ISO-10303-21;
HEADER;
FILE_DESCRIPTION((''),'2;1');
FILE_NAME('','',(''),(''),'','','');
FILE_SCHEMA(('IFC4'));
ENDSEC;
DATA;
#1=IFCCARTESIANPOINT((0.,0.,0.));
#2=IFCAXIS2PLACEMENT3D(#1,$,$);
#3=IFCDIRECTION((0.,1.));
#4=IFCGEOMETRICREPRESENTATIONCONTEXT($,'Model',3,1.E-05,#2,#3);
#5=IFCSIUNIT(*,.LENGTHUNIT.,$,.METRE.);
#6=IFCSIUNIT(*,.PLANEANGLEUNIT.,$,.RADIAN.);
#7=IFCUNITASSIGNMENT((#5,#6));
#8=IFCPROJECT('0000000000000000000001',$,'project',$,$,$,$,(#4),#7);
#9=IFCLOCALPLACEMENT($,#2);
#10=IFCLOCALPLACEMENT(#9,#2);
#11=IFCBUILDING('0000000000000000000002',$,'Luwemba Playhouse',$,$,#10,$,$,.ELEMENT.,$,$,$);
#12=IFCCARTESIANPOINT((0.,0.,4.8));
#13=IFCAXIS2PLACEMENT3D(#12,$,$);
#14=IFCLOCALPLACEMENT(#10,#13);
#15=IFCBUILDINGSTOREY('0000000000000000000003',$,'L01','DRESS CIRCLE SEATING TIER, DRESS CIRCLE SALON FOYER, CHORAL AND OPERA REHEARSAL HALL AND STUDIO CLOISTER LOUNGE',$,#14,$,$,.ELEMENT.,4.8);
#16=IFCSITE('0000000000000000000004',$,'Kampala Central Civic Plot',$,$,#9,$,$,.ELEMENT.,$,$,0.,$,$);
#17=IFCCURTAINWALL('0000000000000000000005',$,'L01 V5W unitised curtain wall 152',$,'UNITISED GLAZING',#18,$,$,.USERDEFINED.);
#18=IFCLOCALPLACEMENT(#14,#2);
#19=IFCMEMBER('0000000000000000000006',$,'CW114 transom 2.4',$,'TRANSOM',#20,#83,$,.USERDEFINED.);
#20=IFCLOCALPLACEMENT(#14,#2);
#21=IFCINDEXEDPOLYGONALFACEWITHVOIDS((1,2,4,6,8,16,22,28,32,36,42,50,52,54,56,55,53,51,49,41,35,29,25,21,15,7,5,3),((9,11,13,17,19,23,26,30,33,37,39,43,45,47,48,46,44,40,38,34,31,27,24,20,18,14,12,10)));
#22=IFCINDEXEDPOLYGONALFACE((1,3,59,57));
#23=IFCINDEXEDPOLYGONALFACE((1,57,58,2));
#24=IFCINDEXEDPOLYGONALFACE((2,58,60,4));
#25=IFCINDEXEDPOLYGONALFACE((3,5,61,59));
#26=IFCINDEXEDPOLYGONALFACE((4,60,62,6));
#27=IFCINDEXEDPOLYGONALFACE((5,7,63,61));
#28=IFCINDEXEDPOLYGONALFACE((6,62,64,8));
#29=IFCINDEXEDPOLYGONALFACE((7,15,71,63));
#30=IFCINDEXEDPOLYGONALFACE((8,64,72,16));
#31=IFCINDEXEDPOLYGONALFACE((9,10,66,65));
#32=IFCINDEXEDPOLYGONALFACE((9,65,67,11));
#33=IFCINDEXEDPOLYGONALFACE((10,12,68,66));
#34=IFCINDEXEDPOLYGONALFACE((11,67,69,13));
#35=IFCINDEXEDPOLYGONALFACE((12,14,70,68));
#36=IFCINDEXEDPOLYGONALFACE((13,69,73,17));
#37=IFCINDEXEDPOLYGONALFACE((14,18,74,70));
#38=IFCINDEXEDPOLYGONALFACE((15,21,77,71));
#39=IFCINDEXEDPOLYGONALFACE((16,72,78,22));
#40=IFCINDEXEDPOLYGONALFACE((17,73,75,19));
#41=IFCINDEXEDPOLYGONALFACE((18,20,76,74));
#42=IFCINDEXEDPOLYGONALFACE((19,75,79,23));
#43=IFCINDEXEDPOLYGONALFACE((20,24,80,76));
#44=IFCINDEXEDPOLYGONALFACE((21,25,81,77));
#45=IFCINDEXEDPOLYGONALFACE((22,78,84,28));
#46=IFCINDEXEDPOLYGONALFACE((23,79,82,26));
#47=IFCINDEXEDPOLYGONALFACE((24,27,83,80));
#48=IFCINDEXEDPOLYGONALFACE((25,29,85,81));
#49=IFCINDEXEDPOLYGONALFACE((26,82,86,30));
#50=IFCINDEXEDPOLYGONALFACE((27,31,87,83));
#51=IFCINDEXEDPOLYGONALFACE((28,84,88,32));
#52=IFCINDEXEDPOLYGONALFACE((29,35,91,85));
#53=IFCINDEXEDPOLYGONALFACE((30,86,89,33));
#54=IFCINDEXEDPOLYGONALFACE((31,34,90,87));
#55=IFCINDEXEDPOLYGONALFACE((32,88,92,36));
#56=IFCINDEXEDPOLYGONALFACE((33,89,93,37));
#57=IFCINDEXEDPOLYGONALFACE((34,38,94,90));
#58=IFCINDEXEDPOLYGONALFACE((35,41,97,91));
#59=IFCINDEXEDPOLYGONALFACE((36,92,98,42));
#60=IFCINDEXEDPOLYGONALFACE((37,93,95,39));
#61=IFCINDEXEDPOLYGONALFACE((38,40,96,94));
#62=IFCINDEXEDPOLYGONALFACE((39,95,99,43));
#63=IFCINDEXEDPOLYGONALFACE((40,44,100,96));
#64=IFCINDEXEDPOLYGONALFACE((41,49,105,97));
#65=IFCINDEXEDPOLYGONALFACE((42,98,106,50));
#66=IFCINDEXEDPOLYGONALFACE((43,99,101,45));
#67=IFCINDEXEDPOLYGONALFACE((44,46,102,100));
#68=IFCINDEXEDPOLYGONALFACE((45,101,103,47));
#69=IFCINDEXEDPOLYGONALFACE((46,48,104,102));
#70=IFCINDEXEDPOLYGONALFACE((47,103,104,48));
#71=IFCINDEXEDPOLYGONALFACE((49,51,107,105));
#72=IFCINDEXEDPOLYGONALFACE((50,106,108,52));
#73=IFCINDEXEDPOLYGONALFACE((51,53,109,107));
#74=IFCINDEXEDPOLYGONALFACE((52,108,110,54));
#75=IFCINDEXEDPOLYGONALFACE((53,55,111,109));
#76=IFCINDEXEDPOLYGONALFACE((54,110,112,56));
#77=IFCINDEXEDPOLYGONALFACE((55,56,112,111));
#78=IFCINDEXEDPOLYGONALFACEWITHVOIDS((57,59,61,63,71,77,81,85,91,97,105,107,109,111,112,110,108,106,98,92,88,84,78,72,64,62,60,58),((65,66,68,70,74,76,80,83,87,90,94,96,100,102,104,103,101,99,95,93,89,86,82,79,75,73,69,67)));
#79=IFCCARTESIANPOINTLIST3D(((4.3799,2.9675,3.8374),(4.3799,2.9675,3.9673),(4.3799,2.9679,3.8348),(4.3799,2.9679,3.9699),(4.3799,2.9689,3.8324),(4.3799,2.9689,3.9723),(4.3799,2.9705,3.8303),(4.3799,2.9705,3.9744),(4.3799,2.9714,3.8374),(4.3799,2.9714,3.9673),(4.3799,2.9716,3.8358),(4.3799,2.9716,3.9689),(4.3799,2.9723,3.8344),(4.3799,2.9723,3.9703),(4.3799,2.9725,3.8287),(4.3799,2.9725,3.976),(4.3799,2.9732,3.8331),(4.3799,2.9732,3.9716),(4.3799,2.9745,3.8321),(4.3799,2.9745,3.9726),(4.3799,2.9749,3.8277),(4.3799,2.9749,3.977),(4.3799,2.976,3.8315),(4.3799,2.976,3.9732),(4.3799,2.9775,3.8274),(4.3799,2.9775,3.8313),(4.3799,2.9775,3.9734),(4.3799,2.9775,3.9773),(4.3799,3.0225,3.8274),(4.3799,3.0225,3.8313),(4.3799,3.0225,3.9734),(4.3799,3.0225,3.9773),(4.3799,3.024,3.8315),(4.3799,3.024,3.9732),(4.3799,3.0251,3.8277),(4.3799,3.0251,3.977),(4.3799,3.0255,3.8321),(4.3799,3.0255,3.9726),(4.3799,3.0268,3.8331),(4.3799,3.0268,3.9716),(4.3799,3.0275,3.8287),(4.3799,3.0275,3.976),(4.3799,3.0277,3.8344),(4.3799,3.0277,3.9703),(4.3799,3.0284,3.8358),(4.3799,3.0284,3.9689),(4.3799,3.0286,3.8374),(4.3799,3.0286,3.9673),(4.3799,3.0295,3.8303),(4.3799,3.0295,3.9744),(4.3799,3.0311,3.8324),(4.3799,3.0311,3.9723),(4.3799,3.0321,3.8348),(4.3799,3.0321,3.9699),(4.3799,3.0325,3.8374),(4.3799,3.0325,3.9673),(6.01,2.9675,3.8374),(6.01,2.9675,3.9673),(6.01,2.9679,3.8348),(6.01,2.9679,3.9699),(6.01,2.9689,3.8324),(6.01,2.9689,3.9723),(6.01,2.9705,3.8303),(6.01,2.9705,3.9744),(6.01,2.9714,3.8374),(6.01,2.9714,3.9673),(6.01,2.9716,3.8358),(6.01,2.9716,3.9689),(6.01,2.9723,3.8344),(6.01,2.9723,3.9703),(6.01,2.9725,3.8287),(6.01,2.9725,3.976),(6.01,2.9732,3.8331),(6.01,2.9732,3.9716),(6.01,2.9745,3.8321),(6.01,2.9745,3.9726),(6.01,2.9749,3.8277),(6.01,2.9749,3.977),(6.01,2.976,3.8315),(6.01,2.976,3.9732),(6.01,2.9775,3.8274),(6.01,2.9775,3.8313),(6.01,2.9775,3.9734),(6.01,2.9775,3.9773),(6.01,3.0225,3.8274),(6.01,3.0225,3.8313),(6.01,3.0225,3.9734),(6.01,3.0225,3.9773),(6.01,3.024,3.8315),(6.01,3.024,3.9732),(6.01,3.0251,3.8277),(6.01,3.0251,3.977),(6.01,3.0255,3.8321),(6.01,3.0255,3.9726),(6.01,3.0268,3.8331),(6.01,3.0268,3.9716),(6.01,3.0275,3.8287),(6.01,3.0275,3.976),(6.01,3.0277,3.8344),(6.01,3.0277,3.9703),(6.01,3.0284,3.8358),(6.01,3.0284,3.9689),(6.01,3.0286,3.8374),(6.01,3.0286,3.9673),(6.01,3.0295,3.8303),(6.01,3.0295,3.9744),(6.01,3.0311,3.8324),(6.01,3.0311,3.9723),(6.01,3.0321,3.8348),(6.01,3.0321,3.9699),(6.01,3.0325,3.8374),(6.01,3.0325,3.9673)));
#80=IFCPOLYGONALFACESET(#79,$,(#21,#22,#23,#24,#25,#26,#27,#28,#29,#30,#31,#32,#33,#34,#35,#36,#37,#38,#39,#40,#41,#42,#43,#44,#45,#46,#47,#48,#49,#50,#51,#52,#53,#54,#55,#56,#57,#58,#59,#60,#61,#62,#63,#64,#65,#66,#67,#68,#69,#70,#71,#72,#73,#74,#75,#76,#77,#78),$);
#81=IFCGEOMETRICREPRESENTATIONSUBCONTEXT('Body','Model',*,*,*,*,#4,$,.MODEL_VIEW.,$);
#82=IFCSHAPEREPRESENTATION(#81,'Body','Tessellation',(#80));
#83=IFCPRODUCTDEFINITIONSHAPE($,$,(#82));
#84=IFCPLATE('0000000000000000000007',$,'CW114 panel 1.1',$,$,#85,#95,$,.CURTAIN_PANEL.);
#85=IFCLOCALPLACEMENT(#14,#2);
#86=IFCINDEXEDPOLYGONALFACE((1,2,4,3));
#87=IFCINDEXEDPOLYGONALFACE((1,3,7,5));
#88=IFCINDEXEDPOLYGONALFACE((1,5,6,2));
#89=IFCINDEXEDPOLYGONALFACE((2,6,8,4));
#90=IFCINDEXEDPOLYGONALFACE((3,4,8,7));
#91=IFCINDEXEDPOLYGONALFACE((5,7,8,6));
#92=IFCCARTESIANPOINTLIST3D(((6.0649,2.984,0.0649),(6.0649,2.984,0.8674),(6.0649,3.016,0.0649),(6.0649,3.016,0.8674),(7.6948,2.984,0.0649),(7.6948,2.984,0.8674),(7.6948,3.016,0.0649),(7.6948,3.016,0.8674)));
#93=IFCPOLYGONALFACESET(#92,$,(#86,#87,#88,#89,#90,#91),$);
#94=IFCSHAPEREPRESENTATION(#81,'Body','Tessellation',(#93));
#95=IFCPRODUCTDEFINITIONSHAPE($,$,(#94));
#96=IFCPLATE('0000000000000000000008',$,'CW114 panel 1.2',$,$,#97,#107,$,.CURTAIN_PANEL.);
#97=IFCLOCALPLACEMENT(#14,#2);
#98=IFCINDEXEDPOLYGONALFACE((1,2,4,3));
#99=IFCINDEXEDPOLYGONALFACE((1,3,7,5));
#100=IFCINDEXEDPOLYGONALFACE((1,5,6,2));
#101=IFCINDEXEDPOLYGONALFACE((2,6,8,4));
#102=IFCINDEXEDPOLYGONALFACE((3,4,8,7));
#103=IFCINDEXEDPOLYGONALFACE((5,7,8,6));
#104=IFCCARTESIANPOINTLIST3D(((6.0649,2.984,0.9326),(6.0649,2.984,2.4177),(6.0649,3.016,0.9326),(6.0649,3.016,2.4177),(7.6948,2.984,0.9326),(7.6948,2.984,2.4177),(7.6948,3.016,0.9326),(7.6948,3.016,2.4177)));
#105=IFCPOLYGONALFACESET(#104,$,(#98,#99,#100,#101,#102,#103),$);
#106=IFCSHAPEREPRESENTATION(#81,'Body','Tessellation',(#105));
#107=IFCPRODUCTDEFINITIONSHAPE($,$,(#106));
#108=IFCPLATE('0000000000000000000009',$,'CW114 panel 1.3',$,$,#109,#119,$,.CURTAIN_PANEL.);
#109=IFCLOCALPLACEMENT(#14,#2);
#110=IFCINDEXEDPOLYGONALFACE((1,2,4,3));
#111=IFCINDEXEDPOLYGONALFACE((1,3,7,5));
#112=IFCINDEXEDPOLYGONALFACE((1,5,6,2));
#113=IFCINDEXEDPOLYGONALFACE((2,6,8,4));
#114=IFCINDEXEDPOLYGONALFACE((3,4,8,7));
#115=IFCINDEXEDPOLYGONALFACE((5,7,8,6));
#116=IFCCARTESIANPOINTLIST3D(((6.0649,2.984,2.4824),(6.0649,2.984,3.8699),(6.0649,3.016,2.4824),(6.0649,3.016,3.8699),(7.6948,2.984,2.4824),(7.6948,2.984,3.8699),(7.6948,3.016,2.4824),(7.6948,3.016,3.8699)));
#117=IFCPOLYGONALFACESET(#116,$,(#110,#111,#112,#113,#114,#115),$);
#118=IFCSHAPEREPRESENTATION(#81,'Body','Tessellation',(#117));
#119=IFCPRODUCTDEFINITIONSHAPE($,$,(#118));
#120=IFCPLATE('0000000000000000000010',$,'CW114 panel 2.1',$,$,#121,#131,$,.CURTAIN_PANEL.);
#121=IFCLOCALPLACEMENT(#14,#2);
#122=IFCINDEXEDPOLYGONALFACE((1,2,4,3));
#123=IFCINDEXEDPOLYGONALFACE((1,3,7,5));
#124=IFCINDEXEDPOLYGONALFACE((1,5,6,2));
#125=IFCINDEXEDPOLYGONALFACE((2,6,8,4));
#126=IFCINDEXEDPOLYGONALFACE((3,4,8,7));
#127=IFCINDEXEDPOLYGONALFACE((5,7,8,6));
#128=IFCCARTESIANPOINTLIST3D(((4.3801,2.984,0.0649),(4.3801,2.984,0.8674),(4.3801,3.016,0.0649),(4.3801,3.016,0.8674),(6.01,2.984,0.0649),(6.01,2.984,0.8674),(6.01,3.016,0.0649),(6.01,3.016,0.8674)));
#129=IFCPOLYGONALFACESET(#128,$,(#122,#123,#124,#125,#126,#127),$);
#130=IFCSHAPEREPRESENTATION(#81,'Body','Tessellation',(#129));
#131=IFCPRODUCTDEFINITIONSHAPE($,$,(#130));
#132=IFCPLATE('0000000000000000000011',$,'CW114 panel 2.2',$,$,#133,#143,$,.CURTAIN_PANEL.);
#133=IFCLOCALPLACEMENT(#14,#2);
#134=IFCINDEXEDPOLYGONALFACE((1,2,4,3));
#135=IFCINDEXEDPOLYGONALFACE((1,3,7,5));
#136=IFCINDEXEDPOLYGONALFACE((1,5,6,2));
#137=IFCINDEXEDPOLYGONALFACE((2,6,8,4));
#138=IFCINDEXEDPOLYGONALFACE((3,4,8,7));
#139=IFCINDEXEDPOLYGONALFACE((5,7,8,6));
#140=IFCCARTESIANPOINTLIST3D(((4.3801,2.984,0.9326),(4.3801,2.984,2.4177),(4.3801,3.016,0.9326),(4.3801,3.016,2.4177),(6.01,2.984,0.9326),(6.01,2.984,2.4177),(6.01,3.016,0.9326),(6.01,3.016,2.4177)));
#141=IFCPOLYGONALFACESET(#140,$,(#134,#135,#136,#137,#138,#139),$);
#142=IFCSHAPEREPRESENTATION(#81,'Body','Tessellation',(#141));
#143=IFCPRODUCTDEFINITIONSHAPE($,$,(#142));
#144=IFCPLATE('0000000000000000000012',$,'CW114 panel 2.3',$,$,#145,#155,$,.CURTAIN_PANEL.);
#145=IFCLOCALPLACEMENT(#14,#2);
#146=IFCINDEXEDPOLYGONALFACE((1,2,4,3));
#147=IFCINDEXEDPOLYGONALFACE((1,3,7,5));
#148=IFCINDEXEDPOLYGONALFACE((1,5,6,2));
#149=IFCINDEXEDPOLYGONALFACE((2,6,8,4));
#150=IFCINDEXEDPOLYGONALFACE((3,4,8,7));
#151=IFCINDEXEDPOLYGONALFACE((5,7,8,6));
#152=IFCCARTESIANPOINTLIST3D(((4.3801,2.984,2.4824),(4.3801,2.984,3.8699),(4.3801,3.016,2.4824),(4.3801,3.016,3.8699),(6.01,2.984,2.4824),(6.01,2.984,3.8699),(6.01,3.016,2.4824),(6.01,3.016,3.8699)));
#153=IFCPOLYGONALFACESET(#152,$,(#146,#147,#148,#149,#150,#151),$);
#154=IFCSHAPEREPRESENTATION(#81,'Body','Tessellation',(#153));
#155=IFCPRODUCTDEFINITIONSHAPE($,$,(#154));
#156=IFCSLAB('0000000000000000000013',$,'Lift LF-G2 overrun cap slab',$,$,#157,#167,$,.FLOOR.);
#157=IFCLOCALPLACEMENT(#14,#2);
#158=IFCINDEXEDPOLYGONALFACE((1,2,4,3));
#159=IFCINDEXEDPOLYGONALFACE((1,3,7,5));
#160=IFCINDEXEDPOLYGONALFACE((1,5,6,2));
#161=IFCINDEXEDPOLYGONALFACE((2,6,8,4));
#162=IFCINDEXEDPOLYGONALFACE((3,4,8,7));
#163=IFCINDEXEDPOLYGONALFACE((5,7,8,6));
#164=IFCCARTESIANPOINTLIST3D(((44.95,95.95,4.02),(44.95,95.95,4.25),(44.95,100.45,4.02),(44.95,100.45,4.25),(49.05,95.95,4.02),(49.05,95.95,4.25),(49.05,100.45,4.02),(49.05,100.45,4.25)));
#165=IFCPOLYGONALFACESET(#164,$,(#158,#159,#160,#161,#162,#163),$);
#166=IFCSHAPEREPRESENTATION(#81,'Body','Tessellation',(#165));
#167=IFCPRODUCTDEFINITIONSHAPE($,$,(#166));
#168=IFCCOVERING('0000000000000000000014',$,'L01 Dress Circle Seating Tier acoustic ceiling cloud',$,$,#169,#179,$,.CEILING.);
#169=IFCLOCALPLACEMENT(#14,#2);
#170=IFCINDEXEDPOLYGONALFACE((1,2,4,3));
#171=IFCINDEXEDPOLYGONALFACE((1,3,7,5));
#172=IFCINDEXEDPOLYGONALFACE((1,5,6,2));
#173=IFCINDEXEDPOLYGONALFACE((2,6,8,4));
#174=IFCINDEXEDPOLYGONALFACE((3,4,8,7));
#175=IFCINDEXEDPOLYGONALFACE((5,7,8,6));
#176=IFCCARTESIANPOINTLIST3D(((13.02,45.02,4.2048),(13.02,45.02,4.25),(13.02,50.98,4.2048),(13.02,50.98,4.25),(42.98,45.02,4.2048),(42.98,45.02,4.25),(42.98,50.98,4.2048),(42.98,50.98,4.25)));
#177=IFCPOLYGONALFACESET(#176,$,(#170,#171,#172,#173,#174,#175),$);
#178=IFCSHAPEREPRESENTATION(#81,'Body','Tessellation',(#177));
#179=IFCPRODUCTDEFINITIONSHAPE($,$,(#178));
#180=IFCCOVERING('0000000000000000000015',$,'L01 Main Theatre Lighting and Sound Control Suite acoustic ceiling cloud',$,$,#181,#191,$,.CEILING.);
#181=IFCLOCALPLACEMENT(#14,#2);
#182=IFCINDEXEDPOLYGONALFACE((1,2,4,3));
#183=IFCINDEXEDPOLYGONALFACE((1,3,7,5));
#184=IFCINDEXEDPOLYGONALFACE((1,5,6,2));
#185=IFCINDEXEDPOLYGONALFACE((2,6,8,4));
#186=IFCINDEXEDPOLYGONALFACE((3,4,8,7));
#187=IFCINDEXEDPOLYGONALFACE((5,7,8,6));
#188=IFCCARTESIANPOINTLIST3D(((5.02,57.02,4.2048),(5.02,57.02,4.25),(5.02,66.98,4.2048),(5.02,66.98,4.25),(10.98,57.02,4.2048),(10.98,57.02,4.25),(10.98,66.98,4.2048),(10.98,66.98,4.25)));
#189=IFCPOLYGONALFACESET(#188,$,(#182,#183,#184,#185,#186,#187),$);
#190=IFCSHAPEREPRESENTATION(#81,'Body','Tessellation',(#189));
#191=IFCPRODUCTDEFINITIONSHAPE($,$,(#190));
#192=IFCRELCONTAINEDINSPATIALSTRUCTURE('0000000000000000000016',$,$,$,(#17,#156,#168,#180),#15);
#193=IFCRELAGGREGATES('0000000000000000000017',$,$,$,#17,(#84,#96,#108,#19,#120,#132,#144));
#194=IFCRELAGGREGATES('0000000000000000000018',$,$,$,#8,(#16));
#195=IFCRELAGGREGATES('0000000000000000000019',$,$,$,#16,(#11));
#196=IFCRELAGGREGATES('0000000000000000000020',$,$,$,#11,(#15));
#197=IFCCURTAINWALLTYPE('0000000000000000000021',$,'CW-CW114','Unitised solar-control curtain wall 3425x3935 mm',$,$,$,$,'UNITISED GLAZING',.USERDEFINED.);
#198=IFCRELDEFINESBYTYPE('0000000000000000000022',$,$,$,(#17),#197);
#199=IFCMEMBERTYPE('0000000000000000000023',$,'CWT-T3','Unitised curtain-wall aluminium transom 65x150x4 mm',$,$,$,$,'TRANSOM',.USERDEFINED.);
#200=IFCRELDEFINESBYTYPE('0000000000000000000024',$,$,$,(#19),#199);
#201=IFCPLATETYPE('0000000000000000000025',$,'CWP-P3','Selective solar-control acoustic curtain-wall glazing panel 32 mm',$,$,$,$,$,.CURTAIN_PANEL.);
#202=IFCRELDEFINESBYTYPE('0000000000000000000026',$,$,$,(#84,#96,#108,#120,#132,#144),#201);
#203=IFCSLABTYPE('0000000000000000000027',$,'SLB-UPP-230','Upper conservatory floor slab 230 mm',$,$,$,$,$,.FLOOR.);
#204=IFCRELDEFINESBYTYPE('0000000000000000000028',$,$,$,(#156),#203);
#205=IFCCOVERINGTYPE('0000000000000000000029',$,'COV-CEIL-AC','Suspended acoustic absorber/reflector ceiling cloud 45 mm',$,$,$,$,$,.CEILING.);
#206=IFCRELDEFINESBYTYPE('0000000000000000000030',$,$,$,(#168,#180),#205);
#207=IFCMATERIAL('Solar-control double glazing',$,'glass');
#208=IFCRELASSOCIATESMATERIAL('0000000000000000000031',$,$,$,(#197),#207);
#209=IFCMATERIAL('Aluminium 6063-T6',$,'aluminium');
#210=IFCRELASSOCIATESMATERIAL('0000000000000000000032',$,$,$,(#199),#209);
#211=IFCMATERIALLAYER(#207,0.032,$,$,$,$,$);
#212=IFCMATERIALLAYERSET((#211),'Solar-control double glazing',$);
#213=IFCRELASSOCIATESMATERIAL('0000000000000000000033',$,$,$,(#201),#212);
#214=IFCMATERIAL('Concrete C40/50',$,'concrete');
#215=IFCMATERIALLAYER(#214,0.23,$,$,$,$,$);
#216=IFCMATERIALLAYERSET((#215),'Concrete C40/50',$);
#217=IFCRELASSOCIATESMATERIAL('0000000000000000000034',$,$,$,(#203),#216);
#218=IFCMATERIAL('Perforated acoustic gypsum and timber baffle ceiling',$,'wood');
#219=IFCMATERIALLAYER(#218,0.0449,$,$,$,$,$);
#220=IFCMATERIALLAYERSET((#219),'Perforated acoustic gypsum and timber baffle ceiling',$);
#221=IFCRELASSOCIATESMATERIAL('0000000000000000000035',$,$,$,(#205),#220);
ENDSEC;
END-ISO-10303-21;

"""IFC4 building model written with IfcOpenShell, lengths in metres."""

from ifc_helpers import new_model, si_unit, direction, frame, origin, origin_2d, place, context, subcontext, project, spatial, polyline, rectangle, hollow_rectangle, outline, extrude, material, layer, layer_set, material_profile, profile_set, type_object, element, aggregate, save


model = new_model("IFC4")

# Units and contexts
model_context = context("Model", 3, precision=1e-05, world=origin(), true_north=direction((0.0, 1.0)))
body_context = subcontext(model_context, "Body", "Model", "MODEL_VIEW")
ifc_project = project(units=[si_unit("LENGTHUNIT", "METRE"), si_unit("PLANEANGLEUNIT", "RADIAN")], contexts=[model_context])

# Site, building, storey
site_placement = place(None, origin())
site = spatial("IfcSite", under=ifc_project, at=site_placement, Name="Kampala Central Civic Plot", CompositionType="ELEMENT", RefElevation=0.0)
building_placement = place(site_placement, origin())
building = spatial("IfcBuilding", under=site, at=building_placement, Name="Luwemba Playhouse", CompositionType="ELEMENT")
storey_placement = place(building_placement, frame((0.0, 0.0, 4.8)))
storey = spatial("IfcBuildingStorey", under=building, at=storey_placement, Name="L01", Description="DRESS CIRCLE SEATING TIER, DRESS CIRCLE SALON FOYER, CHORAL AND OPERA REHEARSAL HALL AND STUDIO CLOISTER LOUNGE", CompositionType="ELEMENT", Elevation=4.8)

# Shared definitions
ifc_material_1 = material(Name="Concrete C40/50", Category="concrete")

# Curtain wall, member, plates
ifc_material_2 = material(Name="Solar-control double glazing", Category="glass")
curtain_wall_type = type_object("IfcCurtainWallType", Name="CW-CW114", Description="Unitised solar-control curtain wall 3425x3935 mm", ElementType="UNITISED GLAZING", PredefinedType="USERDEFINED", material=ifc_material_2)
curtain_wall_placement = place(storey_placement, origin())
curtain_wall = element("IfcCurtainWall", 1, at=curtain_wall_placement, inside=storey, type_object=curtain_wall_type, Name="L01 V5W unitised curtain wall 152", ObjectType="UNITISED GLAZING", PredefinedType="USERDEFINED")
ifc_material_3 = material(Name="Aluminium 6063-T6", Category="aluminium")
ifc_material_profile_1 = material_profile(ifc_material_3, hollow_rectangle(XDim=0.0649, YDim=0.1499, WallThickness=0.0039, InnerFilletRadius=0.0061, OuterFilletRadius=0.01, at=origin_2d()))
ifc_profile_set_1 = profile_set([ifc_material_profile_1], Name="Aluminium 6063-T6")
member_type_1 = type_object("IfcMemberType", Name="CWT-T3", Description="Unitised curtain-wall aluminium transom 65x150x4 mm", ElementType="TRANSOM", PredefinedType="USERDEFINED", material=ifc_profile_set_1)
member_1_placement = place(storey_placement, frame((6.01, 3.0, 3.9023), z_axis=(-1.0, 0.0, 0.0), x_axis=(0.0, -1.0, 0.0)))
member_1 = element("IfcMember", 2, at=member_1_placement, type_object=member_type_1, Name="CW114 transom 2.4", ObjectType="TRANSOM", PredefinedType="USERDEFINED", context=body_context, shape_type="SweptSolid", body=[
    extrude(hollow_rectangle(XDim=0.0649, YDim=0.1499, WallThickness=0.0039, InnerFilletRadius=0.0061, OuterFilletRadius=0.01, at=origin_2d()), origin(), (0.0, 0.0, 1.0), 1.6301),
])
ifc_layer_1 = layer(ifc_material_2, 0.032)
ifc_layer_set_1 = layer_set([ifc_layer_1], Name="Solar-control double glazing")
plate_type = type_object("IfcPlateType", Name="CWP-P3", Description="Selective solar-control acoustic curtain-wall glazing panel 32 mm", PredefinedType="CURTAIN_PANEL", material=ifc_layer_set_1)
plate_1_placement = place(storey_placement, frame((6.8799, 3.0, 0.0649), z_axis=(0.0, 0.0, 1.0), x_axis=(-1.0, 0.0, 0.0)))
plate_1 = element("IfcPlate", 3, at=plate_1_placement, type_object=plate_type, Name="CW114 panel 1.1", PredefinedType="CURTAIN_PANEL", context=body_context, shape_type="SweptSolid", body=[
    extrude(rectangle(XDim=1.6299, YDim=0.032, at=origin_2d()), origin(), (0.0, 0.0, 1.0), 0.8025),
])
plate_2_placement = place(storey_placement, frame((6.8799, 3.0, 0.9326), z_axis=(0.0, 0.0, 1.0), x_axis=(-1.0, 0.0, 0.0)))
plate_2 = element("IfcPlate", 4, at=plate_2_placement, type_object=plate_type, Name="CW114 panel 1.2", PredefinedType="CURTAIN_PANEL", context=body_context, shape_type="SweptSolid", body=[
    extrude(rectangle(XDim=1.6299, YDim=0.032, at=origin_2d()), origin(), (0.0, 0.0, 1.0), 1.4851),
])
plate_3_placement = place(storey_placement, frame((6.8799, 3.0, 2.4824), z_axis=(0.0, 0.0, 1.0), x_axis=(-1.0, 0.0, 0.0)))
plate_3 = element("IfcPlate", 5, at=plate_3_placement, type_object=plate_type, Name="CW114 panel 1.3", PredefinedType="CURTAIN_PANEL", context=body_context, shape_type="SweptSolid", body=[
    extrude(rectangle(XDim=1.6299, YDim=0.032, at=origin_2d()), origin(), (0.0, 0.0, 1.0), 1.3875),
])
plate_4_placement = place(storey_placement, frame((5.1951, 3.0, 0.0649), z_axis=(0.0, 0.0, 1.0), x_axis=(-1.0, 0.0, 0.0)))
plate_4 = element("IfcPlate", 6, at=plate_4_placement, type_object=plate_type, Name="CW114 panel 2.1", PredefinedType="CURTAIN_PANEL", context=body_context, shape_type="SweptSolid", body=[
    extrude(rectangle(XDim=1.6299, YDim=0.032, at=origin_2d()), origin(), (0.0, 0.0, 1.0), 0.8025),
])
plate_5_placement = place(storey_placement, frame((5.1951, 3.0, 0.9326), z_axis=(0.0, 0.0, 1.0), x_axis=(-1.0, 0.0, 0.0)))
plate_5 = element("IfcPlate", 7, at=plate_5_placement, type_object=plate_type, Name="CW114 panel 2.2", PredefinedType="CURTAIN_PANEL", context=body_context, shape_type="SweptSolid", body=[
    extrude(rectangle(XDim=1.6299, YDim=0.032, at=origin_2d()), origin(), (0.0, 0.0, 1.0), 1.4851),
])
plate_6_placement = place(storey_placement, frame((5.1951, 3.0, 2.4824), z_axis=(0.0, 0.0, 1.0), x_axis=(-1.0, 0.0, 0.0)))
plate_6 = element("IfcPlate", 8, at=plate_6_placement, type_object=plate_type, Name="CW114 panel 2.3", PredefinedType="CURTAIN_PANEL", context=body_context, shape_type="SweptSolid", body=[
    extrude(rectangle(XDim=1.6299, YDim=0.032, at=origin_2d()), origin(), (0.0, 0.0, 1.0), 1.3875),
])
aggregate(curtain_wall, [plate_1, plate_2, plate_3, member_1, plate_4, plate_5, plate_6])

# Slab
ifc_layer_2 = layer(ifc_material_1, 0.23)
ifc_layer_set_2 = layer_set([ifc_layer_2], Name="Concrete C40/50")
slab_type = type_object("IfcSlabType", Name="SLB-UPP-230", Description="Upper conservatory floor slab 230 mm", PredefinedType="FLOOR", material=ifc_layer_set_2)
slab_placement = place(storey_placement, frame((0.0, 0.0, 4.02)))
element("IfcSlab", 9, at=slab_placement, inside=storey, type_object=slab_type, Name="Lift LF-G2 overrun cap slab", PredefinedType="FLOOR", context=body_context, shape_type="SweptSolid", body=[
    extrude(outline(polyline([(44.95, 95.95), (49.05, 95.95), (49.05, 100.45), (44.95, 100.45), (44.95, 95.95)])), origin(), (0.0, 0.0, 1.0), 0.23),
])

# Coverings
ifc_material_4 = material(Name="Perforated acoustic gypsum and timber baffle ceiling", Category="wood")
ifc_layer_3 = layer(ifc_material_4, 0.0449)
ifc_layer_set_3 = layer_set([ifc_layer_3], Name="Perforated acoustic gypsum and timber baffle ceiling")
covering_type = type_object("IfcCoveringType", Name="COV-CEIL-AC", Description="Suspended acoustic absorber/reflector ceiling cloud 45 mm", PredefinedType="CEILING", material=ifc_layer_set_3)
covering_1_placement = place(storey_placement, frame((0.0, 0.0, 4.2048)))
element("IfcCovering", 10, at=covering_1_placement, inside=storey, type_object=covering_type, Name="L01 Dress Circle Seating Tier acoustic ceiling cloud", PredefinedType="CEILING", context=body_context, shape_type="SweptSolid", body=[
    extrude(outline(polyline([(13.02, 45.02), (42.98, 45.02), (42.98, 50.98), (13.02, 50.98), (13.02, 45.02)])), origin(), (0.0, 0.0, 1.0), 0.0452),
])
covering_2_placement = place(storey_placement, frame((0.0, 0.0, 4.2048)))
element("IfcCovering", 11, at=covering_2_placement, inside=storey, type_object=covering_type, Name="L01 Main Theatre Lighting and Sound Control Suite acoustic ceiling cloud", PredefinedType="CEILING", context=body_context, shape_type="SweptSolid", body=[
    extrude(outline(polyline([(5.02, 57.02), (10.98, 57.02), (10.98, 66.98), (5.02, 66.98), (5.02, 57.02)])), origin(), (0.0, 0.0, 1.0), 0.0452),
])

save(model, "model.ifc")
